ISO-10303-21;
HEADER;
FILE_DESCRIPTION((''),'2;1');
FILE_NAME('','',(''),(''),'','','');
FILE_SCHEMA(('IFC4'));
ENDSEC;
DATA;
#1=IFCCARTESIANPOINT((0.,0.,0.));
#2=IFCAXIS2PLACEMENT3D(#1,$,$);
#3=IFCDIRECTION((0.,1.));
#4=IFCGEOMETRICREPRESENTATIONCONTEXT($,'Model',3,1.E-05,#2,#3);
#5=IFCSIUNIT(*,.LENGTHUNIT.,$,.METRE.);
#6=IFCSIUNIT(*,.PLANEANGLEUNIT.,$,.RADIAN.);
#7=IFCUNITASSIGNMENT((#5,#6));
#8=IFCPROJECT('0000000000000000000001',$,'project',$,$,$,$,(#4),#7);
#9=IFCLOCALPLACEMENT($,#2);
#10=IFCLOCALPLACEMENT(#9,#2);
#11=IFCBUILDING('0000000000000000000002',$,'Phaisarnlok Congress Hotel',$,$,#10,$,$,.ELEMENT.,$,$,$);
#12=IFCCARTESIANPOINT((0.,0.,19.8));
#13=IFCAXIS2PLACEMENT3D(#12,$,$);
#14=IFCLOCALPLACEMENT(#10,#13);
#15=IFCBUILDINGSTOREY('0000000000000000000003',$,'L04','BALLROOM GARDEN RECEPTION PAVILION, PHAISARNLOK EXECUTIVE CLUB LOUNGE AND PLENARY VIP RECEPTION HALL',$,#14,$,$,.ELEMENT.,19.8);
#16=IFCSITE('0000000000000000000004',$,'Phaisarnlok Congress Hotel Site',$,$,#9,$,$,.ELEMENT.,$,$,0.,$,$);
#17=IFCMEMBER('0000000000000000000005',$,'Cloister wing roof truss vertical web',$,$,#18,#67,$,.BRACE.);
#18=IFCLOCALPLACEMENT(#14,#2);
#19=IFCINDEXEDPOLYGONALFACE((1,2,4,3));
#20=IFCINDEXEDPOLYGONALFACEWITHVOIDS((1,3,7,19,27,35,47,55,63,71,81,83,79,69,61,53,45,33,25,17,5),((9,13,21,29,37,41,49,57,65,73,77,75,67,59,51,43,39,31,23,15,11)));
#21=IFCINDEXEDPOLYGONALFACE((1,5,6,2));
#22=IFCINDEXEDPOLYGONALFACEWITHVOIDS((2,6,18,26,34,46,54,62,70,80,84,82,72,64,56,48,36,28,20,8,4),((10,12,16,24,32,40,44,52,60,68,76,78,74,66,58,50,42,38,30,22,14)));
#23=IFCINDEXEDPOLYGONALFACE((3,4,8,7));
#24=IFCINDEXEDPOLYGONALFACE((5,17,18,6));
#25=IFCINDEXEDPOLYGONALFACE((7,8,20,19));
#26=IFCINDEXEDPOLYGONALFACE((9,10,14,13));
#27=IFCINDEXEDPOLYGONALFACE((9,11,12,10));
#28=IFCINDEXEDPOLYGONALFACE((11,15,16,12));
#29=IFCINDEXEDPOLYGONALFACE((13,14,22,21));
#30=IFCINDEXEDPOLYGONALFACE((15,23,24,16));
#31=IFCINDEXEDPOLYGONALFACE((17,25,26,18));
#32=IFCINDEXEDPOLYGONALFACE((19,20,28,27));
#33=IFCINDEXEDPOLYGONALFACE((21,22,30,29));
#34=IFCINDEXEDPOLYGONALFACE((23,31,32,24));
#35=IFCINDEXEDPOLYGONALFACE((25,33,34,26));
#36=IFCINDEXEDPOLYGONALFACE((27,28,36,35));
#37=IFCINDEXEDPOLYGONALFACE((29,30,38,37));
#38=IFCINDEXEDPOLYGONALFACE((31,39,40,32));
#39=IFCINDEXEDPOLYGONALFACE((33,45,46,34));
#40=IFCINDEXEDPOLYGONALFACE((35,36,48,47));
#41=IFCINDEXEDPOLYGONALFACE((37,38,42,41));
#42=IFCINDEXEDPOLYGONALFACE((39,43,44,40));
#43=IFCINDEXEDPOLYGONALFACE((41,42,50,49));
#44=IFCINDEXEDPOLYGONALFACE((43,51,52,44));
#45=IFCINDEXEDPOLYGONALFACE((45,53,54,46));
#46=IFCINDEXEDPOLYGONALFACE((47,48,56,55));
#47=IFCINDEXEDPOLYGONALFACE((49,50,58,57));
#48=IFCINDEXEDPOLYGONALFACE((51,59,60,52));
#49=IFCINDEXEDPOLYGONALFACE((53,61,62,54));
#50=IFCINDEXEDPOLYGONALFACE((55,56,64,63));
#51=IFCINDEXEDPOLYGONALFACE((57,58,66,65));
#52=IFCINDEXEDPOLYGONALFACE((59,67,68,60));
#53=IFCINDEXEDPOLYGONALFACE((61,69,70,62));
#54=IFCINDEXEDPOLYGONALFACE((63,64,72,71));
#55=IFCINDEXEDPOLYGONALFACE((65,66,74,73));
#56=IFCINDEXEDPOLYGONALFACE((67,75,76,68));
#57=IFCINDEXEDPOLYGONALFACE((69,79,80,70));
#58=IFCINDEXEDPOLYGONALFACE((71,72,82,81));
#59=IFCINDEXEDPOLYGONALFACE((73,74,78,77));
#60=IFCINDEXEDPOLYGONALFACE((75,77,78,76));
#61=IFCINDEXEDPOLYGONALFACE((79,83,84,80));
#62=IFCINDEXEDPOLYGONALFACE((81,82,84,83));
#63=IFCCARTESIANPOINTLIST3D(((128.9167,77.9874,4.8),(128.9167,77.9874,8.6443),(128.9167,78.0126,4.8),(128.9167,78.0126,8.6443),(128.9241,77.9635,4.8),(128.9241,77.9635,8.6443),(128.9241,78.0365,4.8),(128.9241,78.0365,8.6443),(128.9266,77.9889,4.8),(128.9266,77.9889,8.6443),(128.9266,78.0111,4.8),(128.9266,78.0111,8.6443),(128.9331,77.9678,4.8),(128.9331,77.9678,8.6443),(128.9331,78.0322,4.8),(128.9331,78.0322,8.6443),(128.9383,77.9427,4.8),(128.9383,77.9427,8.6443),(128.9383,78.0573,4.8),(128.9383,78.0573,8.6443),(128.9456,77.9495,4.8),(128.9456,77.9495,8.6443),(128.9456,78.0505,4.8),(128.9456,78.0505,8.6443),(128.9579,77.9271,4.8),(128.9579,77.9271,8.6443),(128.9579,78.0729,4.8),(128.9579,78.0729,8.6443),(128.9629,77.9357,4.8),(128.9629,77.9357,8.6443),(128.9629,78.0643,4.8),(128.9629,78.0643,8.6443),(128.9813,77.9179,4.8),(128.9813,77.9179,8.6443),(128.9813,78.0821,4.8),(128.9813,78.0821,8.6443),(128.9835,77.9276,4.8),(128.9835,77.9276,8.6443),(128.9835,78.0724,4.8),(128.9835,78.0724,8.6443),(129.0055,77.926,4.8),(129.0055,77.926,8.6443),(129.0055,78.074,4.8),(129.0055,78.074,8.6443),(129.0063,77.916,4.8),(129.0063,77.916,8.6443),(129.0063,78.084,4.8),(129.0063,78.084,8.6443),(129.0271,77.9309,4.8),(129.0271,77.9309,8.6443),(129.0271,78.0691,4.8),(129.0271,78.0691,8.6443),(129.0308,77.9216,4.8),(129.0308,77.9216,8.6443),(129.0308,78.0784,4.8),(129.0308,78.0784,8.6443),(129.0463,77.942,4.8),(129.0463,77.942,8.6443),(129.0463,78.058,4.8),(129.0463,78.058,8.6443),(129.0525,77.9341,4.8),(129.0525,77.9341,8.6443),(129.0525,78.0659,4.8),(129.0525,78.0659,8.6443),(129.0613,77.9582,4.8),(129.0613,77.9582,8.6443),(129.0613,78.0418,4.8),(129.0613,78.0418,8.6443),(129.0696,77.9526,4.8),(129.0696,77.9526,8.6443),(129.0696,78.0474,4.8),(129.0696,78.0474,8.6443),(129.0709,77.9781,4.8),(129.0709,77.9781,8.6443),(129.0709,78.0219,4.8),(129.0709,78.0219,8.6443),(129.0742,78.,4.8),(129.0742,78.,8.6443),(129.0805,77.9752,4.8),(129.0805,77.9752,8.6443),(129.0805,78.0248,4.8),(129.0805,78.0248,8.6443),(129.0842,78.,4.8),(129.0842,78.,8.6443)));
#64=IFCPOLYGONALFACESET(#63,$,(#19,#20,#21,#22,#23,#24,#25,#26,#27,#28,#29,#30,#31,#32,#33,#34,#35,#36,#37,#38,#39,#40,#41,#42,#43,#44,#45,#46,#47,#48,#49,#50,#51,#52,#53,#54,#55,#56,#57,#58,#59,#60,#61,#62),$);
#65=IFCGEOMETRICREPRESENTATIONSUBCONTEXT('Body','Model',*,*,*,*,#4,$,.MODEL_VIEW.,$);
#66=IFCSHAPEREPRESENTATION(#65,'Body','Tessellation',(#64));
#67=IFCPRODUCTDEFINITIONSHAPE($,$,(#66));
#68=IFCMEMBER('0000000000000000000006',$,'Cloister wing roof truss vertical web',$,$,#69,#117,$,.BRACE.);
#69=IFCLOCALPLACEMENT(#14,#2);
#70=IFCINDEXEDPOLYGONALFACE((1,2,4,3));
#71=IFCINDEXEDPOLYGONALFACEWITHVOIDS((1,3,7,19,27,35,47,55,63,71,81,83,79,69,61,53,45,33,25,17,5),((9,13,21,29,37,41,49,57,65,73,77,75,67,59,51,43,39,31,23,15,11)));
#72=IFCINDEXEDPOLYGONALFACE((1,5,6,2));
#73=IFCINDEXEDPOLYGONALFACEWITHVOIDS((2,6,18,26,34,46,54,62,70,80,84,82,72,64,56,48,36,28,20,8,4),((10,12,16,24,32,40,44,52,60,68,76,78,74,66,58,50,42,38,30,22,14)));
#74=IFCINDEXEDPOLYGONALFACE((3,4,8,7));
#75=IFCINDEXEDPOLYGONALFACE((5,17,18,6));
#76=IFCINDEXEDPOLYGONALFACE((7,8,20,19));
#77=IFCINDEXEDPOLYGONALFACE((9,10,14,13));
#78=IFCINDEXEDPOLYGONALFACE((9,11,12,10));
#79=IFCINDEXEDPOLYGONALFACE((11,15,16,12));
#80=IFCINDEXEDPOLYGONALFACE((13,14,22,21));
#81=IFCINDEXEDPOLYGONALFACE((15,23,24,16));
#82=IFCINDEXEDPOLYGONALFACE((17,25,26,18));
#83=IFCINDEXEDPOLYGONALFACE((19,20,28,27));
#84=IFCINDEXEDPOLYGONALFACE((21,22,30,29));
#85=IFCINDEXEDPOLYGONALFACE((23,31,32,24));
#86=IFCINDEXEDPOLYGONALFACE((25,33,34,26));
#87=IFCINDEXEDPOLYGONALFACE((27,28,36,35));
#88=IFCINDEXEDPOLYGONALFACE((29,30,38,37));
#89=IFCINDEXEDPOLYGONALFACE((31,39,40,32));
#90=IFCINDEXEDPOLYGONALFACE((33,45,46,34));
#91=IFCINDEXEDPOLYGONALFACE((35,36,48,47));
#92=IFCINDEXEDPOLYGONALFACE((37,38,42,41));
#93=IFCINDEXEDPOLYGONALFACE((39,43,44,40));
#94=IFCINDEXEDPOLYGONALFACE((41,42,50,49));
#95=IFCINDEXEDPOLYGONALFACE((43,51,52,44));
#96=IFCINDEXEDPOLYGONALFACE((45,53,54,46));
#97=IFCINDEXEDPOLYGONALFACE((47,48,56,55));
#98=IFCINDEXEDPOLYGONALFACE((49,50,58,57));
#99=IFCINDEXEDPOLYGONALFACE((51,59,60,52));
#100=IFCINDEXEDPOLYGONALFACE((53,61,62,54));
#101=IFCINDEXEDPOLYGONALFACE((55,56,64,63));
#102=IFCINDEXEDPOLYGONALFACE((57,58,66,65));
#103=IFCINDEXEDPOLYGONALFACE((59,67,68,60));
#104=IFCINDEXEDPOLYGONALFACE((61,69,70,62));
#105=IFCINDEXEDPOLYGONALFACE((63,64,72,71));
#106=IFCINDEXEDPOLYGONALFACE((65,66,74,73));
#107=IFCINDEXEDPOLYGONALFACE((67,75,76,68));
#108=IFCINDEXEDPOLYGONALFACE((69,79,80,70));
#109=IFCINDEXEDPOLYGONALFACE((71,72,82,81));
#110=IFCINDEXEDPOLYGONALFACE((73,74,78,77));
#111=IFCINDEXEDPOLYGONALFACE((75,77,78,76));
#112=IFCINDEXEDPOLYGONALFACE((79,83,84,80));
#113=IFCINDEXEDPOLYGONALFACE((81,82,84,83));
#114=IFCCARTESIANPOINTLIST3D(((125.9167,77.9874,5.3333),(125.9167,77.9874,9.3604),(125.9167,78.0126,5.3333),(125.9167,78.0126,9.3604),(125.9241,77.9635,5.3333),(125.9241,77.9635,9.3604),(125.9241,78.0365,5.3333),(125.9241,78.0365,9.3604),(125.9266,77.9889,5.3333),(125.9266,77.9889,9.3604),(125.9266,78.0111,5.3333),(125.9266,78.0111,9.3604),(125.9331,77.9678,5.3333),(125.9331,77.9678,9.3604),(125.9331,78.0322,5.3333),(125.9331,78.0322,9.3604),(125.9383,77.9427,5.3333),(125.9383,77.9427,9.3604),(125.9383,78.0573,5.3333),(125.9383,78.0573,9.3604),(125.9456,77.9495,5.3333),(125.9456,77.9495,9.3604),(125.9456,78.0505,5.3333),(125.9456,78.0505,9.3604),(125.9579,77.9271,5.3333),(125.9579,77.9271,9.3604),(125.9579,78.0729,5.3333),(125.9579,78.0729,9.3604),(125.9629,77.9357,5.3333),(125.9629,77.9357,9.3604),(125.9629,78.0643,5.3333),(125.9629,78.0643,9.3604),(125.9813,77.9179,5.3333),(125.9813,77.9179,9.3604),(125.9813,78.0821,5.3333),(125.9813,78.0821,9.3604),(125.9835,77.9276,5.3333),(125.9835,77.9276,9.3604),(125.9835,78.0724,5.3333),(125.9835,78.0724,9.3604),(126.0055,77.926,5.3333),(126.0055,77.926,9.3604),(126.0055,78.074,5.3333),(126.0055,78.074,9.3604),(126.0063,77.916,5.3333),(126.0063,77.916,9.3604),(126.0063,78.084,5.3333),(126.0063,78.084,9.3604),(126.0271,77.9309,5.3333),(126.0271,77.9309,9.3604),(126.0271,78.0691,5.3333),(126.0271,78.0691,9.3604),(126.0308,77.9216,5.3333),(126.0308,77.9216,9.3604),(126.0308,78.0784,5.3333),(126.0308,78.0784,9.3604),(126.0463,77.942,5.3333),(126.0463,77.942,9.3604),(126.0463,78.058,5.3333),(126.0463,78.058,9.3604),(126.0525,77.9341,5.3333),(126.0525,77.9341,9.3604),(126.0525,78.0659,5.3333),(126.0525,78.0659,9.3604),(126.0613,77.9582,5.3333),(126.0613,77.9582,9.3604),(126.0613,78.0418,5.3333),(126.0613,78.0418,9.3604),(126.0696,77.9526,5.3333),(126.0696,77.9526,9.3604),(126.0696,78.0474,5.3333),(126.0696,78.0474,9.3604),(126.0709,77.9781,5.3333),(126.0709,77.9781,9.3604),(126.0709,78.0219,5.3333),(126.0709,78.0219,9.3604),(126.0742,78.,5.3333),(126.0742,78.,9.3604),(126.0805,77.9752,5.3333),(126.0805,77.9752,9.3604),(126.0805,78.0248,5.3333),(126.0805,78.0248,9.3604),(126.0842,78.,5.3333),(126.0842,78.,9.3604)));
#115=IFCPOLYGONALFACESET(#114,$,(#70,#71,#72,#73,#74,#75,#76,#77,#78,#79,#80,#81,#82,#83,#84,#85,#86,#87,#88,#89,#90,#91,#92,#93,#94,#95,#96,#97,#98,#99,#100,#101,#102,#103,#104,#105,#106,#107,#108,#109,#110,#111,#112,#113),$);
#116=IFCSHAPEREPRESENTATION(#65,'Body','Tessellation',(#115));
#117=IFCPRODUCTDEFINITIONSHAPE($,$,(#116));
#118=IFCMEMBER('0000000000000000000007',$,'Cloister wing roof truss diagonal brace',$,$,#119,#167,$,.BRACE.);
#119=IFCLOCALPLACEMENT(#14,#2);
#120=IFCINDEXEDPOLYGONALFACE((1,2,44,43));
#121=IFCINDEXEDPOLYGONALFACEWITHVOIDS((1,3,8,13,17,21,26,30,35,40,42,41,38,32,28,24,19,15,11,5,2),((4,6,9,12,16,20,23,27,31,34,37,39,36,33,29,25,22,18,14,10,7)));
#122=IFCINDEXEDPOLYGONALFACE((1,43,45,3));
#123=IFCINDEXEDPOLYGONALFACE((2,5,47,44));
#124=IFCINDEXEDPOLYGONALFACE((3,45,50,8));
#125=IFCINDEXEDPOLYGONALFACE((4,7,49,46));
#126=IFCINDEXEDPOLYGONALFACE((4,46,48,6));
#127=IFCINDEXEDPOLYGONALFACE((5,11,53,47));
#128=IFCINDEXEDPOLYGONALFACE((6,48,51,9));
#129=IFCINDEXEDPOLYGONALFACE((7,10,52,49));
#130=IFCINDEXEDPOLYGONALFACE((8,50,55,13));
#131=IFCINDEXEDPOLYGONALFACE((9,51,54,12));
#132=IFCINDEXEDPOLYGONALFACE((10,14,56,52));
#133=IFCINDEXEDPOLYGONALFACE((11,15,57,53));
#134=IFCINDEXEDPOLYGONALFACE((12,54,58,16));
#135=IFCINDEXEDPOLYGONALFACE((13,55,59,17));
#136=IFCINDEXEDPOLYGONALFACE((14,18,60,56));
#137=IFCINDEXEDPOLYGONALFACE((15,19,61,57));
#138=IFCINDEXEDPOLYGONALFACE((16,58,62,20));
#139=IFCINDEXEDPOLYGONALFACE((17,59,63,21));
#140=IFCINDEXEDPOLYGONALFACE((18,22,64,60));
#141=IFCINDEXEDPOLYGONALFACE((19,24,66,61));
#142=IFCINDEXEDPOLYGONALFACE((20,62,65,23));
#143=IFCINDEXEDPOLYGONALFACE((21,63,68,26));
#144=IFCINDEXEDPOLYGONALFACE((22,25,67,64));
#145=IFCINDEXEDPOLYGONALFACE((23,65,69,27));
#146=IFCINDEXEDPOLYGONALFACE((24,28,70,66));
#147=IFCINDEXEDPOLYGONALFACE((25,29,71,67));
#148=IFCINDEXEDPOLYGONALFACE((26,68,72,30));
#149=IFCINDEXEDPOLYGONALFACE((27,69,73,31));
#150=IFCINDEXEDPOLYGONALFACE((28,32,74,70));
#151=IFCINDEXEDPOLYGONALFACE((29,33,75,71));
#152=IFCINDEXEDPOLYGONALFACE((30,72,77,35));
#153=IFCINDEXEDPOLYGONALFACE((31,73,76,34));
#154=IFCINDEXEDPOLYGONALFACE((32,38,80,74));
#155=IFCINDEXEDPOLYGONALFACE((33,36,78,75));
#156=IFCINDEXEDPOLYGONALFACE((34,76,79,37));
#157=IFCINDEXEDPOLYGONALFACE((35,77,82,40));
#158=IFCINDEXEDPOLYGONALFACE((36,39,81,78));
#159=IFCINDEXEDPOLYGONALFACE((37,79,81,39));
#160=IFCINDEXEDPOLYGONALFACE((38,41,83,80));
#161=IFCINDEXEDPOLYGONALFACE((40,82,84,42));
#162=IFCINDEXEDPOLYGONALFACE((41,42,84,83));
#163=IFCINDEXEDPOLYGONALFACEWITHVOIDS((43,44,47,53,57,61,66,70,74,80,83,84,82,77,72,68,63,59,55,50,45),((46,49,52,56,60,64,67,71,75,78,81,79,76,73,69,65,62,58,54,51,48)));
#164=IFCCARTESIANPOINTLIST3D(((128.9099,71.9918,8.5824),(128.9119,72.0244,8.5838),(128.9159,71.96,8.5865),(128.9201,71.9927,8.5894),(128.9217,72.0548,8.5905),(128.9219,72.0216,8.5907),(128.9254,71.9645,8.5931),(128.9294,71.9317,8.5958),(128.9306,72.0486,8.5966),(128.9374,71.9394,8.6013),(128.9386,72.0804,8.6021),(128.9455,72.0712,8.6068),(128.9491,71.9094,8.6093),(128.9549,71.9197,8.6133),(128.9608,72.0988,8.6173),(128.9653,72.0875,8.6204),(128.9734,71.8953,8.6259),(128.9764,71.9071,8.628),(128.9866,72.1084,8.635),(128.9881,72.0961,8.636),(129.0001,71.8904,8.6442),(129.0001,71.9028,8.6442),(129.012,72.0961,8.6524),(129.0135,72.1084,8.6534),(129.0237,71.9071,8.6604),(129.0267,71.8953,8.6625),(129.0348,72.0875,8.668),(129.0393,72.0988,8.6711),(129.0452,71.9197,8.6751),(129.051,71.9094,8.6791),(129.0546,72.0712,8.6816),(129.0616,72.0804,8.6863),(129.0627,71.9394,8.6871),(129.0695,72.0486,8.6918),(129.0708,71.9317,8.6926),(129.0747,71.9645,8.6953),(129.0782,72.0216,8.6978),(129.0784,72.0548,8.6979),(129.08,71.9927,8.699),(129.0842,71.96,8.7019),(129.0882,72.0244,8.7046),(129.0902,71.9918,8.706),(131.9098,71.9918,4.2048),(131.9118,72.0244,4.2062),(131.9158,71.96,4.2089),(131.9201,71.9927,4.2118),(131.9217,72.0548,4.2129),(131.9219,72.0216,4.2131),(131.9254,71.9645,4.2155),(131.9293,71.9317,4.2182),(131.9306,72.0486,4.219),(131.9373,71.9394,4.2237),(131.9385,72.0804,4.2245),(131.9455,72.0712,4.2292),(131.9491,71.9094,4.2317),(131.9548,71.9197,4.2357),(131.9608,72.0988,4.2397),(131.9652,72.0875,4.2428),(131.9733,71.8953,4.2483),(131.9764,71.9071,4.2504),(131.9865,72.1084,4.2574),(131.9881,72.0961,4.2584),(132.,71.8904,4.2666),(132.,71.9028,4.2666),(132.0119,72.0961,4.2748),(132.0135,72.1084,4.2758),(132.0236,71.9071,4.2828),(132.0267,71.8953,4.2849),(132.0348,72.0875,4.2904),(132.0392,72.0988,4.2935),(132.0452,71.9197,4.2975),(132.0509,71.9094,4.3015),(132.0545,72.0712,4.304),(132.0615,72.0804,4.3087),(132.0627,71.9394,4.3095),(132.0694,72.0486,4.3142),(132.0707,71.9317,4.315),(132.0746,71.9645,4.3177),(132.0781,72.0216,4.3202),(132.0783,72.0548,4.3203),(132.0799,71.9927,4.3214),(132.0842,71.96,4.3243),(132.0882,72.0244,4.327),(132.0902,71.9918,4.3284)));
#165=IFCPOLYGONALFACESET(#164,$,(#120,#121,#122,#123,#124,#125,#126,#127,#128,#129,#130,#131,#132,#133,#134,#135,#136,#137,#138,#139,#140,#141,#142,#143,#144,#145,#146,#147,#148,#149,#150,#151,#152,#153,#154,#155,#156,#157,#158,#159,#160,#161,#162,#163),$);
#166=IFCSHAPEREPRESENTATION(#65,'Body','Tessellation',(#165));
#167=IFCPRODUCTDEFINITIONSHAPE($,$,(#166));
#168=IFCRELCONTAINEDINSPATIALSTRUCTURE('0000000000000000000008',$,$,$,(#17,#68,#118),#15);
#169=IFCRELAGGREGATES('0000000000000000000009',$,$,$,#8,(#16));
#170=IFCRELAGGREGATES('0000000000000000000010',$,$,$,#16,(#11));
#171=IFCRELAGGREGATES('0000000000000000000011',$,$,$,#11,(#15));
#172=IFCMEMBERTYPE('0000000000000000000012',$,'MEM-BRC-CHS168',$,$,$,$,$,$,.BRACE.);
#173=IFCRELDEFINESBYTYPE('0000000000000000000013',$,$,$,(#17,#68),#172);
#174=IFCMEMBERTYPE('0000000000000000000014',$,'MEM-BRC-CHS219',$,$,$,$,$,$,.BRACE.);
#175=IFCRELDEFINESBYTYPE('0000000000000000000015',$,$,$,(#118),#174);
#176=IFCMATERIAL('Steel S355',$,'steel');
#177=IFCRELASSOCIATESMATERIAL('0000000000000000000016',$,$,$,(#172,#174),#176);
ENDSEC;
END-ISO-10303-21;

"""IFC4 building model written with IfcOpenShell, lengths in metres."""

from ifc_helpers import new_model, si_unit, direction, frame, origin, origin_2d, place, context, subcontext, project, spatial, hollow_circle, extrude, material, material_profile, profile_set, type_object, element, save


model = new_model("IFC4")

# Units and contexts
model_context = context("Model", 3, precision=1e-05, world=origin(), true_north=direction((0.0, 1.0)))
body_context = subcontext(model_context, "Body", "Model", "MODEL_VIEW")
ifc_project = project(units=[si_unit("LENGTHUNIT", "METRE"), si_unit("PLANEANGLEUNIT", "RADIAN")], contexts=[model_context])

# Site, building, storey
site_placement = place(None, origin())
site = spatial("IfcSite", under=ifc_project, at=site_placement, Name="Phaisarnlok Congress Hotel Site", CompositionType="ELEMENT", RefElevation=0.0)
building_placement = place(site_placement, origin())
building = spatial("IfcBuilding", under=site, at=building_placement, Name="Phaisarnlok Congress Hotel", CompositionType="ELEMENT")
storey_placement = place(building_placement, frame((0.0, 0.0, 19.8)))
storey = spatial("IfcBuildingStorey", under=building, at=storey_placement, Name="L04", Description="BALLROOM GARDEN RECEPTION PAVILION, PHAISARNLOK EXECUTIVE CLUB LOUNGE AND PLENARY VIP RECEPTION HALL", CompositionType="ELEMENT", Elevation=19.8)

# Shared definitions
ifc_material_1 = material(Name="Steel S355", Category="steel")

# Members
ifc_material_profile_1 = material_profile(ifc_material_1, hollow_circle(Radius=0.0842, WallThickness=0.01, at=origin_2d()), Name="CHS 168.3x10")
ifc_profile_set_1 = profile_set([ifc_material_profile_1], Name="Steel S355")
member_type_1 = type_object("IfcMemberType", Name="MEM-BRC-CHS168", PredefinedType="BRACE", material=ifc_profile_set_1)
member_1_placement = place(storey_placement, frame((129.0, 78.0, 4.8), z_axis=(0.0, 0.0, 1.0), x_axis=(1.0, 0.0, 0.0)))
element("IfcMember", 1, at=member_1_placement, inside=storey, type_object=member_type_1, Name="Cloister wing roof truss vertical web", PredefinedType="BRACE", context=body_context, shape_type="SweptSolid", body=[
    extrude(hollow_circle(Radius=0.0842, WallThickness=0.01, at=origin_2d()), origin(), (0.0, 0.0, 1.0), 3.8442),
])
member_2_placement = place(storey_placement, frame((126.0, 78.0, 5.3333), z_axis=(0.0, 0.0, 1.0), x_axis=(1.0, 0.0, 0.0)))
element("IfcMember", 2, at=member_2_placement, inside=storey, type_object=member_type_1, Name="Cloister wing roof truss vertical web", PredefinedType="BRACE", context=body_context, shape_type="SweptSolid", body=[
    extrude(hollow_circle(Radius=0.0842, WallThickness=0.01, at=origin_2d()), origin(), (0.0, 0.0, 1.0), 4.0271),
])
ifc_material_profile_2 = material_profile(ifc_material_1, hollow_circle(Radius=0.1096, WallThickness=0.0125, at=origin_2d()), Name="CHS 219.1x12.5")
ifc_profile_set_2 = profile_set([ifc_material_profile_2], Name="Steel S355")
member_type_2 = type_object("IfcMemberType", Name="MEM-BRC-CHS219", PredefinedType="BRACE", material=ifc_profile_set_2)
member_3_placement = place(storey_placement, frame((132.0, 72.0, 4.2666), z_axis=(-0.565292, 0.0, 0.824891), x_axis=(0.0, -1.0, 0.0)))
element("IfcMember", 3, at=member_3_placement, inside=storey, type_object=member_type_2, Name="Cloister wing roof truss diagonal brace", PredefinedType="BRACE", context=body_context, shape_type="SweptSolid", body=[
    extrude(hollow_circle(Radius=0.1096, WallThickness=0.0125, at=origin_2d()), origin(), (0.0, 0.0, 1.0), 5.3069),
])

save(model, "model.ifc")
